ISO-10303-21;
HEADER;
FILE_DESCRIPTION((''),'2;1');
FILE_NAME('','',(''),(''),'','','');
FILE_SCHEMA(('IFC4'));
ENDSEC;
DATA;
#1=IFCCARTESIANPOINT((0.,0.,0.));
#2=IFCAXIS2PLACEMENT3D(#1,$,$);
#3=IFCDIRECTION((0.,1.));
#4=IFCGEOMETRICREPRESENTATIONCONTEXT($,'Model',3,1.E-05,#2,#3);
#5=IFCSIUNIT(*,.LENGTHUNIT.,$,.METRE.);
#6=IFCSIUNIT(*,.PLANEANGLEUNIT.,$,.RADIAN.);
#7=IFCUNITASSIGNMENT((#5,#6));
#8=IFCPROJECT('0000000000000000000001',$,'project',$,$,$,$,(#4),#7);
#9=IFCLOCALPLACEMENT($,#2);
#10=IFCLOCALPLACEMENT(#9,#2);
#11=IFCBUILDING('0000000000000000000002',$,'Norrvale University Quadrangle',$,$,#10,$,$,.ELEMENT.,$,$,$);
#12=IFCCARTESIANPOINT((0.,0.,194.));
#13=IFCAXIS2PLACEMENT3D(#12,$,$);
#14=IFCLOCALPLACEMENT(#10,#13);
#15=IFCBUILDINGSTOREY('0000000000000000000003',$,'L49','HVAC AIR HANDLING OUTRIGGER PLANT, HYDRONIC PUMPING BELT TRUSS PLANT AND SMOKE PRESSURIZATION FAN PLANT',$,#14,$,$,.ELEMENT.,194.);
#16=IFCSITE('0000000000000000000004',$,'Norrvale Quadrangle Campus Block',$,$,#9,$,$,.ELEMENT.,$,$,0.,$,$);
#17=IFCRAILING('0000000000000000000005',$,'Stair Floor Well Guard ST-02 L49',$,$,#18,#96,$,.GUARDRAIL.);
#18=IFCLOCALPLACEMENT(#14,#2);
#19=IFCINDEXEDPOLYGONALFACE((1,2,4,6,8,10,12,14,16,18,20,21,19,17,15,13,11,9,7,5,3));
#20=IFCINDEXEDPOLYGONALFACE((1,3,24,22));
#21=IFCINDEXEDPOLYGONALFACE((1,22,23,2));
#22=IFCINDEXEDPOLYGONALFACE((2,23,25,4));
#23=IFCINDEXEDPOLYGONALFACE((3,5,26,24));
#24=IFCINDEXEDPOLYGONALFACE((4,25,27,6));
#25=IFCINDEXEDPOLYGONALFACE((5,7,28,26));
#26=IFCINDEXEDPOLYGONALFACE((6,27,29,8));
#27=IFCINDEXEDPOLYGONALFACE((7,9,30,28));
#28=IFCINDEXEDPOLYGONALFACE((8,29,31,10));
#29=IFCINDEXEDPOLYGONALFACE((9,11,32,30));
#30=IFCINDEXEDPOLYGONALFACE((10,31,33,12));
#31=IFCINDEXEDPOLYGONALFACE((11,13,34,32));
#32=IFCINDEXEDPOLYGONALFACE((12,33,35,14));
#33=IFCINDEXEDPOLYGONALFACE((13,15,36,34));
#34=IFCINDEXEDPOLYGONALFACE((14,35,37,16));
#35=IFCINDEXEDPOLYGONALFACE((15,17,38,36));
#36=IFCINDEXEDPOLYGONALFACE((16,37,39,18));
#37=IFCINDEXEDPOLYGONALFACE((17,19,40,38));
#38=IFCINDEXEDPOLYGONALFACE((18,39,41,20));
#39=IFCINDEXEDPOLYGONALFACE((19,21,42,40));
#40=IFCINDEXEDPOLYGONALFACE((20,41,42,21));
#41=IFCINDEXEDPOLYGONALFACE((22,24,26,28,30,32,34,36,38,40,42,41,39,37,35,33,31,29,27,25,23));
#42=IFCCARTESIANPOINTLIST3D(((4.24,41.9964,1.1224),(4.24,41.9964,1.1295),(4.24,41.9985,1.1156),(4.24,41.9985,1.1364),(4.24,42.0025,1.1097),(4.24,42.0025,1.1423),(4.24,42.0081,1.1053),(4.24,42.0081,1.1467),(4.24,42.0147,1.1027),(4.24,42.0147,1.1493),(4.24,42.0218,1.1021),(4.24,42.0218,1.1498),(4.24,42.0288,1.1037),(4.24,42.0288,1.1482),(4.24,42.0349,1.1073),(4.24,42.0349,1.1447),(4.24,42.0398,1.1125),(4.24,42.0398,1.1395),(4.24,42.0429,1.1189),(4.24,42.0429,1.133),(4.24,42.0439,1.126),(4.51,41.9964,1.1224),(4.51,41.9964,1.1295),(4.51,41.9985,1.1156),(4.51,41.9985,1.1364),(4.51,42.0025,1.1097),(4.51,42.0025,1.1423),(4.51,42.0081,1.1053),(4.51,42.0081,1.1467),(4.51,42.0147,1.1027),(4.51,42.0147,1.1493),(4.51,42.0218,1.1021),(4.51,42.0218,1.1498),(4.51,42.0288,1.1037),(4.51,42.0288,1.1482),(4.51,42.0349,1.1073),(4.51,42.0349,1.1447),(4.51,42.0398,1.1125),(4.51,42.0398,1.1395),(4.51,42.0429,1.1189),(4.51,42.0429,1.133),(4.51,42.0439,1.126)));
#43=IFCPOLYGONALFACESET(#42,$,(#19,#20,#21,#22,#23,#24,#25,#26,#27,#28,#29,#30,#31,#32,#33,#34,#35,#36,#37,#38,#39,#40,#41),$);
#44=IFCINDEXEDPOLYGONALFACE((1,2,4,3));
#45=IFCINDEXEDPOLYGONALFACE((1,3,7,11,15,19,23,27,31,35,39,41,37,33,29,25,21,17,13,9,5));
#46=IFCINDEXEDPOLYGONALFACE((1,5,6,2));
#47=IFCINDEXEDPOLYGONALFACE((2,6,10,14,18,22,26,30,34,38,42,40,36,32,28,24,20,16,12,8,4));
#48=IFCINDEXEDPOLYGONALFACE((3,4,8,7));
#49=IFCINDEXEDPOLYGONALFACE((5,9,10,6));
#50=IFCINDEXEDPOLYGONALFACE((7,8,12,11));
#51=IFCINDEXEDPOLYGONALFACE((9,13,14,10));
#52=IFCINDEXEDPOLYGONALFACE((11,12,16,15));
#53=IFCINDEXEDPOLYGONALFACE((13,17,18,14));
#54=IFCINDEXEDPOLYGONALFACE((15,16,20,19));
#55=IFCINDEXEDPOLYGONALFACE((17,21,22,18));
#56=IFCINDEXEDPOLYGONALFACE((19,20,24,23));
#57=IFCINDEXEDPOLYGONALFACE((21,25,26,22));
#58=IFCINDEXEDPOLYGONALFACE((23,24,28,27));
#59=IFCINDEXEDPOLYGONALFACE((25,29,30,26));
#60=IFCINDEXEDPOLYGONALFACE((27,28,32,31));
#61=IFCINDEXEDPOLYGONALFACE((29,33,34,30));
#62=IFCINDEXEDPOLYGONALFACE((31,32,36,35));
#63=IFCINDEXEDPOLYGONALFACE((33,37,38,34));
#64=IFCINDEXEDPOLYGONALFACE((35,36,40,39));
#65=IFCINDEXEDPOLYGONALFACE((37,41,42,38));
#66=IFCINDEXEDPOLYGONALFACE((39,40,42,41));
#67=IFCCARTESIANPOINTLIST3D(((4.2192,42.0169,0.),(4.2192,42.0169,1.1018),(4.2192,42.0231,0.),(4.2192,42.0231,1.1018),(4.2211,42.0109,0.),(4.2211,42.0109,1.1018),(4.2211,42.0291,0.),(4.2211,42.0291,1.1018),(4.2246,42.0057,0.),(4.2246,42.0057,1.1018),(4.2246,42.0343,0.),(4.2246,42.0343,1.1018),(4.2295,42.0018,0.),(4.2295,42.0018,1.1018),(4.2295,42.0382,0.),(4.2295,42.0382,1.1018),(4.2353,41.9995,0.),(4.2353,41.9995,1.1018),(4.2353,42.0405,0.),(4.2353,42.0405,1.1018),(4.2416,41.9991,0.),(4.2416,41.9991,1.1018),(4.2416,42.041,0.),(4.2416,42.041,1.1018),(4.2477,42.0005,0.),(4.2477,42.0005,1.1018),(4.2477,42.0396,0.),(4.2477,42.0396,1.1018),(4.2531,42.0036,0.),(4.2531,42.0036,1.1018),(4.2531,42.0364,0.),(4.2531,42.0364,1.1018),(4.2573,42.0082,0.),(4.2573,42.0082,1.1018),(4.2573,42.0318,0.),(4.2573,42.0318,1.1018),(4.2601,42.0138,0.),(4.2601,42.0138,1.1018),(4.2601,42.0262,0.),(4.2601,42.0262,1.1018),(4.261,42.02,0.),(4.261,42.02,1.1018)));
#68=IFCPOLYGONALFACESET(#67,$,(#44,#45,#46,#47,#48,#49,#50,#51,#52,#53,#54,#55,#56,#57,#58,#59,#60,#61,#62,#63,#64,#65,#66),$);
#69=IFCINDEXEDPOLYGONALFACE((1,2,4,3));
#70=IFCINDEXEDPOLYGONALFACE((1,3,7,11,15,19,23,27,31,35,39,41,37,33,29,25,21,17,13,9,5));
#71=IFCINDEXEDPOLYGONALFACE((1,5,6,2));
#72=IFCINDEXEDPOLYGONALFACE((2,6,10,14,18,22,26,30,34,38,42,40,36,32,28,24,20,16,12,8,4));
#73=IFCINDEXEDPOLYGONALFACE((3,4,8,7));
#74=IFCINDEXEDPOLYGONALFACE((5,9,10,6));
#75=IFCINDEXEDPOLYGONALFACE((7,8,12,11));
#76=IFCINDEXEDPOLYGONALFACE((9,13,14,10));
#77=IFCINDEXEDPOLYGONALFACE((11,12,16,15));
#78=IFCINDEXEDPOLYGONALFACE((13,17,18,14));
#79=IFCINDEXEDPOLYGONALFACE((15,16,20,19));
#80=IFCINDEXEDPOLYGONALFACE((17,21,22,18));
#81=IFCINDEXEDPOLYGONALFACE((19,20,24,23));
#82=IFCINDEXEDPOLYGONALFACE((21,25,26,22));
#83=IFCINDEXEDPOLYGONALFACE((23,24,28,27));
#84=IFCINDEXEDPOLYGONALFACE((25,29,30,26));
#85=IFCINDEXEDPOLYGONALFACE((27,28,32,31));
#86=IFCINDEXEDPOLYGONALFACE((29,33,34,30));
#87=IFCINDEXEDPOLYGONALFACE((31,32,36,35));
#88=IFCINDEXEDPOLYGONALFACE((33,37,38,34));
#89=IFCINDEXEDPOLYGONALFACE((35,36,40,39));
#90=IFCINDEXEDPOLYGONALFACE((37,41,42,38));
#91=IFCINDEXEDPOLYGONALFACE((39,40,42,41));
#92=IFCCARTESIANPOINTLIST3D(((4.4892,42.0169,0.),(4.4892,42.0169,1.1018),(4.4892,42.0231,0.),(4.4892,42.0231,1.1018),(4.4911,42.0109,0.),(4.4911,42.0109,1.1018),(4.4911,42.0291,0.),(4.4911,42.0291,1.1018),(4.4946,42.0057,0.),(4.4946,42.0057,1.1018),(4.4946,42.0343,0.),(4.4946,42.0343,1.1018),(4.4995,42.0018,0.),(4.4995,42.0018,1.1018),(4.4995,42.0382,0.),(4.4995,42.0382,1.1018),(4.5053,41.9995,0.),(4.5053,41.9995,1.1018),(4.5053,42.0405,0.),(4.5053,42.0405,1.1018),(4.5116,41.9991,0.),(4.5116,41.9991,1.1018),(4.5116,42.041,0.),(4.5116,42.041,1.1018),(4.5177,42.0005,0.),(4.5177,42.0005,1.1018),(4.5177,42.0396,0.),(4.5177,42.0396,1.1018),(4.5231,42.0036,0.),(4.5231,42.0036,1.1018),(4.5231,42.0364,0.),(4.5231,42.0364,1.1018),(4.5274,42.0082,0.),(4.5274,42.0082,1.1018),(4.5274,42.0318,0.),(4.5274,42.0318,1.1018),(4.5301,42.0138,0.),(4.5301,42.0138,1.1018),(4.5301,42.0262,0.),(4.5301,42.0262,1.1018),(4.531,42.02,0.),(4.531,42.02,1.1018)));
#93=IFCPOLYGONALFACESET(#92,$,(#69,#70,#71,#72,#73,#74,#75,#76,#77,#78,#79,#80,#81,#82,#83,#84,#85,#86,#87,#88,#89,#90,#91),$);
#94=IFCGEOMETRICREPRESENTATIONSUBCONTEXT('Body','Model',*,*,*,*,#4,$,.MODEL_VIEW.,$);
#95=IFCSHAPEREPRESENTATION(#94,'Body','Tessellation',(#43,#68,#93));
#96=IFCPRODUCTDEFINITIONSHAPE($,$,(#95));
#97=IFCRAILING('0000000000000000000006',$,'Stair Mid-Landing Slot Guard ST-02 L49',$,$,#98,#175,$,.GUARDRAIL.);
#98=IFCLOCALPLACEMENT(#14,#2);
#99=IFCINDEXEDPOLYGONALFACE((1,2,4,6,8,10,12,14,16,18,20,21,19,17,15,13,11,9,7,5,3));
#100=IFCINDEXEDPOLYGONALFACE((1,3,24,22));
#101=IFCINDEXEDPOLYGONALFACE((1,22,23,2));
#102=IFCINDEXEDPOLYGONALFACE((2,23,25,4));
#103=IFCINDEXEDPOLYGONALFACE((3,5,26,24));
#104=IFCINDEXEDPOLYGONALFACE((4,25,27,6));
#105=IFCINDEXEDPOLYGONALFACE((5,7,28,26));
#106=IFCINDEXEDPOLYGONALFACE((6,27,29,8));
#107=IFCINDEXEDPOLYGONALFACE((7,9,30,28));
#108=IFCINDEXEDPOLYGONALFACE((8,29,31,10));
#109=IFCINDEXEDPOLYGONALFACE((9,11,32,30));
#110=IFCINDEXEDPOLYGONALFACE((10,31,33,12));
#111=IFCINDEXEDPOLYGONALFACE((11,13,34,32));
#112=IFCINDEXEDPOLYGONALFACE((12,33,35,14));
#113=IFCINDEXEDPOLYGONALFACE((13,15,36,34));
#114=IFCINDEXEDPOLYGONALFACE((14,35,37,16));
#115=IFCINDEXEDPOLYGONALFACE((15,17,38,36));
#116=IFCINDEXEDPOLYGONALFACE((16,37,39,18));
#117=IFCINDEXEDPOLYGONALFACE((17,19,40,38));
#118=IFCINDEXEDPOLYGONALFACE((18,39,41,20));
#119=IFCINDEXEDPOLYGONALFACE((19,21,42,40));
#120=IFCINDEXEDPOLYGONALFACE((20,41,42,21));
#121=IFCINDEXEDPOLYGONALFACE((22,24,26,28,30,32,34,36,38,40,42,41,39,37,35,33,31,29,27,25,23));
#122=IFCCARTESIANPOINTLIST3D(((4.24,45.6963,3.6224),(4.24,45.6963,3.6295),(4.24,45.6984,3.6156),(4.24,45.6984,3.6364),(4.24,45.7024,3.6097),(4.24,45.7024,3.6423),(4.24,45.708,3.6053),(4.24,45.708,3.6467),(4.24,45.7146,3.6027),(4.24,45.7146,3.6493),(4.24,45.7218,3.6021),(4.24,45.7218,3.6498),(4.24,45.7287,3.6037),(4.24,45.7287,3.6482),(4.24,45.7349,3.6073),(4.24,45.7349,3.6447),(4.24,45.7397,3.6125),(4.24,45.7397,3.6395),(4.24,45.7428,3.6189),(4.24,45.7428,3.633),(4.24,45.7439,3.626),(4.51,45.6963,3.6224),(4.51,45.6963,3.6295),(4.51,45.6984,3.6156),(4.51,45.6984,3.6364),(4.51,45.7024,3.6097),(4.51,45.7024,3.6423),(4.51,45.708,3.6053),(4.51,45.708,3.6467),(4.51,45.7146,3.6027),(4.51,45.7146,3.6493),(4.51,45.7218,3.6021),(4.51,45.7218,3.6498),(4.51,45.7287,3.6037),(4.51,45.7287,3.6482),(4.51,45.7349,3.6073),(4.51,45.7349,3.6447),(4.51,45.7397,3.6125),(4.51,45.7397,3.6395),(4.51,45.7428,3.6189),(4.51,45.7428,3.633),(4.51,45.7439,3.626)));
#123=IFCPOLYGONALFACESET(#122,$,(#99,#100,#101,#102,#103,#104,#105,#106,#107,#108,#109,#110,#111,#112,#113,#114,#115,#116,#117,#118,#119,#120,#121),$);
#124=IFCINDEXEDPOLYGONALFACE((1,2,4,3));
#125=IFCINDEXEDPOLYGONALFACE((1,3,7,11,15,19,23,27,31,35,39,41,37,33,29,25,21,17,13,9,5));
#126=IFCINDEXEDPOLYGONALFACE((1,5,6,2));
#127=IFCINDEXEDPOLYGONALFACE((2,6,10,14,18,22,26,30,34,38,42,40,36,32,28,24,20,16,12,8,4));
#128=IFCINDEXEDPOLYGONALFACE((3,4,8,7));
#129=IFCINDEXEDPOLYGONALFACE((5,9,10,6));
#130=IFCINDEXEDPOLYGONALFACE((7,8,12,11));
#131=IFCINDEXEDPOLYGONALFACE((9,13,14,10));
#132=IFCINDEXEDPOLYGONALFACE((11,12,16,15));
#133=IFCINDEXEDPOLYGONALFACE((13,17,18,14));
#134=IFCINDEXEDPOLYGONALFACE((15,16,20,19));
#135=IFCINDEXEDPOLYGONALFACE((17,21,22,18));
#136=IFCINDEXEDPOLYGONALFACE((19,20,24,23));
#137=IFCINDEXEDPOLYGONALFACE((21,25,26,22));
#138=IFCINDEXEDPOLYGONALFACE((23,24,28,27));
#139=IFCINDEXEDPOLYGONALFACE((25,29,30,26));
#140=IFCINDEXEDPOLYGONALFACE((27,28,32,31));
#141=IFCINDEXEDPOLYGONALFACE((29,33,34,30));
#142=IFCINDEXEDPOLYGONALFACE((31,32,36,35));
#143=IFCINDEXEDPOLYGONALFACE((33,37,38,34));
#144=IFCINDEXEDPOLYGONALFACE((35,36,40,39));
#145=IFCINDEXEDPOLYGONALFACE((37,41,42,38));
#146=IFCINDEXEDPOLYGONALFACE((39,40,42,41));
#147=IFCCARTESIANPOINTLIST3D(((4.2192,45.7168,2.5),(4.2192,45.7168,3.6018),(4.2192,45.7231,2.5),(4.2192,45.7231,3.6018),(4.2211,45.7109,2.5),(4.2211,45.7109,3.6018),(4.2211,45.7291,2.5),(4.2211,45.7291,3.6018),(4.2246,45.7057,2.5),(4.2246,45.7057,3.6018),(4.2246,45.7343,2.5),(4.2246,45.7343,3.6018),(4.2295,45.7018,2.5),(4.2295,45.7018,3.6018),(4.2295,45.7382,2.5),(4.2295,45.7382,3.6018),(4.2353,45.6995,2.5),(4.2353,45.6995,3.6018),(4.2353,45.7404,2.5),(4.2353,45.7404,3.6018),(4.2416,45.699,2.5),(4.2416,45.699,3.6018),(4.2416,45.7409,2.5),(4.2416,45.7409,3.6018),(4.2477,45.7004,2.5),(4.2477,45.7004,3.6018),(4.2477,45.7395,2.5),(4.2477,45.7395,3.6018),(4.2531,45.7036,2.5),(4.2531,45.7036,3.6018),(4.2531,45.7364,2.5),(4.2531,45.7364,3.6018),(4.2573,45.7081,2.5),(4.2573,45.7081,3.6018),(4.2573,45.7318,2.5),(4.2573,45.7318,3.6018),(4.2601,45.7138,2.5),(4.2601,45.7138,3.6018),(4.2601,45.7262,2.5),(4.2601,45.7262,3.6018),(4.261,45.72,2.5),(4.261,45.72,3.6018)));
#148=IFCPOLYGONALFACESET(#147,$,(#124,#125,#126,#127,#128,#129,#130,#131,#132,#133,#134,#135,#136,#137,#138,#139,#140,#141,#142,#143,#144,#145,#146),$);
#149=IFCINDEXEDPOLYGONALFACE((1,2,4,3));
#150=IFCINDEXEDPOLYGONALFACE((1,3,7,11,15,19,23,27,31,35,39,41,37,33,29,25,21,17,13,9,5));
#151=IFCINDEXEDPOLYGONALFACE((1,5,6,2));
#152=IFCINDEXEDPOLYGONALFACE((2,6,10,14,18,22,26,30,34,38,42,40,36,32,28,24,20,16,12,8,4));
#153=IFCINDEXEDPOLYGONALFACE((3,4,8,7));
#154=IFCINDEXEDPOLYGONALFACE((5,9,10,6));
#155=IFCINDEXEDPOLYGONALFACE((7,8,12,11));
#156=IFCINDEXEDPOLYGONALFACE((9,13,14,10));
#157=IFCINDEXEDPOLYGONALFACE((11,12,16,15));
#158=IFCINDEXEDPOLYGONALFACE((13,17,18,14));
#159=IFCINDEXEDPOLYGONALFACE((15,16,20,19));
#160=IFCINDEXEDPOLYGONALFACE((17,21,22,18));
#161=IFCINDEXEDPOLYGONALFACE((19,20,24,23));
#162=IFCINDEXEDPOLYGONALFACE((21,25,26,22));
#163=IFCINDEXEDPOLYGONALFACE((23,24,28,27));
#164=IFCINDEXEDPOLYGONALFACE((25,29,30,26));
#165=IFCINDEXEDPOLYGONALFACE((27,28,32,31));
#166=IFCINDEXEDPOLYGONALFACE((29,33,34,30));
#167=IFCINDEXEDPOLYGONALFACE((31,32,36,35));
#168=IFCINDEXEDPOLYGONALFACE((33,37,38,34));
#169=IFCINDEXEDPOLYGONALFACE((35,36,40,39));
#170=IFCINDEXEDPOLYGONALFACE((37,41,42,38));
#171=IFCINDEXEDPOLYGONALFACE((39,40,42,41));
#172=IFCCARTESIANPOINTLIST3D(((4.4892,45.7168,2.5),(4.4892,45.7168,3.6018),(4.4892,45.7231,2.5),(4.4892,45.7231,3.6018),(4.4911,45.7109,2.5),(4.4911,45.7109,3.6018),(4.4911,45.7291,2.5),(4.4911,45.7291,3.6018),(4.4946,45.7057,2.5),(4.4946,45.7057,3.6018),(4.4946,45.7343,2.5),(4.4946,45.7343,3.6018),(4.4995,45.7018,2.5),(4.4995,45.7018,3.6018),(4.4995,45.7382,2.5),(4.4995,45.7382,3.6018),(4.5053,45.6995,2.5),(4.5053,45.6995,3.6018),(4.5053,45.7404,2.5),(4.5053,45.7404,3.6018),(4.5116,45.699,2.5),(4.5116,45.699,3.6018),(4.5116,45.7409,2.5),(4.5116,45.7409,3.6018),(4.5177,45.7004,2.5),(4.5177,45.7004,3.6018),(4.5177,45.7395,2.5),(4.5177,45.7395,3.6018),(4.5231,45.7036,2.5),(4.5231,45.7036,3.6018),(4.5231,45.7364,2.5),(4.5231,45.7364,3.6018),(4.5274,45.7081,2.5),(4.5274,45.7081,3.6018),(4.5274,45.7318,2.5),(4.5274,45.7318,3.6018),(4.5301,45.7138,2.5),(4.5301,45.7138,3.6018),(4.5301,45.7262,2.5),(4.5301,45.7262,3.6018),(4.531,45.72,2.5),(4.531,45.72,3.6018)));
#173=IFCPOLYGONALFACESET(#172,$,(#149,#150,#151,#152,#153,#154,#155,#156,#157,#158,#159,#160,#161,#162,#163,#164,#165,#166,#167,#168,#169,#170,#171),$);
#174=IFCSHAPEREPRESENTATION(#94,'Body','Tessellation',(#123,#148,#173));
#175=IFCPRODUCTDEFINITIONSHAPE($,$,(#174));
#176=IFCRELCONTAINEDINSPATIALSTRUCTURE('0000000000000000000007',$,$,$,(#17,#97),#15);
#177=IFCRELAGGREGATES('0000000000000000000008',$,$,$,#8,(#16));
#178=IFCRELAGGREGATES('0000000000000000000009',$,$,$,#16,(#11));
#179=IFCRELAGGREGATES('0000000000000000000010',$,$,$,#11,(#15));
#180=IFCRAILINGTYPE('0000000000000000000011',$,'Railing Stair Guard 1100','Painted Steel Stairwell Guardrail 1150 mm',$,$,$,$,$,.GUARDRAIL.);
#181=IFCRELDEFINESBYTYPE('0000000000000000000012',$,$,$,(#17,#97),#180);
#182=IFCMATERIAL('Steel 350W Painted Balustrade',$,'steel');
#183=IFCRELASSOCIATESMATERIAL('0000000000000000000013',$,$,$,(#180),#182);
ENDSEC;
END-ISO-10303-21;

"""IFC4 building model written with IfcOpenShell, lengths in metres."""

from ifc_helpers import new_model, si_unit, direction, frame, origin, origin_2d, place, context, subcontext, project, spatial, circle, extrude, material, type_object, element, save


model = new_model("IFC4")

# Units and contexts
model_context = context("Model", 3, precision=1e-05, world=origin(), true_north=direction((0.0, 1.0)))
body_context = subcontext(model_context, "Body", "Model", "MODEL_VIEW")
ifc_project = project(units=[si_unit("LENGTHUNIT", "METRE"), si_unit("PLANEANGLEUNIT", "RADIAN")], contexts=[model_context])

# Site, building, storey
site_placement = place(None, origin())
site = spatial("IfcSite", under=ifc_project, at=site_placement, Name="Norrvale Quadrangle Campus Block", CompositionType="ELEMENT", RefElevation=0.0)
building_placement = place(site_placement, origin())
building = spatial("IfcBuilding", under=site, at=building_placement, Name="Norrvale University Quadrangle", CompositionType="ELEMENT")
storey_placement = place(building_placement, frame((0.0, 0.0, 194.0)))
storey = spatial("IfcBuildingStorey", under=building, at=storey_placement, Name="L49", Description="HVAC AIR HANDLING OUTRIGGER PLANT, HYDRONIC PUMPING BELT TRUSS PLANT AND SMOKE PRESSURIZATION FAN PLANT", CompositionType="ELEMENT", Elevation=194.0)

# Railings
ifc_material_1 = material(Name="Steel 350W Painted Balustrade", Category="steel")
railing_type_1 = type_object("IfcRailingType", Name="Railing Stair Guard 1100", Description="Painted Steel Stairwell Guardrail 1150 mm", PredefinedType="GUARDRAIL", material=ifc_material_1)
for number, where, name in (
    (1, (4.24, 42.02, 0.0), "Stair Floor Well Guard ST-02 L49"),
    (2, (4.24, 45.72, 2.5), "Stair Mid-Landing Slot Guard ST-02 L49"),
):
    element("IfcRailing", number, at=place(storey_placement, frame(where)), inside=storey, type_object=railing_type_1, Name=name, PredefinedType="GUARDRAIL", context=body_context, shape_type="SweptSolid", body=[
        extrude(circle(Radius=0.0239, at=origin_2d()), frame((0.0, 0.0, 1.126), z_axis=(1.0, 0.0, 0.0), x_axis=(0.0, 1.0, 0.0)), (0.0, 0.0, 1.0), 0.27),
        extrude(circle(Radius=0.021, at=origin_2d()), origin(), (0.0, 0.0, 1.0), 1.1018),
        extrude(circle(Radius=0.021, at=origin_2d()), frame((0.27, 0.0, 0.0)), (0.0, 0.0, 1.0), 1.1018),
    ])

save(model, "model.ifc")
